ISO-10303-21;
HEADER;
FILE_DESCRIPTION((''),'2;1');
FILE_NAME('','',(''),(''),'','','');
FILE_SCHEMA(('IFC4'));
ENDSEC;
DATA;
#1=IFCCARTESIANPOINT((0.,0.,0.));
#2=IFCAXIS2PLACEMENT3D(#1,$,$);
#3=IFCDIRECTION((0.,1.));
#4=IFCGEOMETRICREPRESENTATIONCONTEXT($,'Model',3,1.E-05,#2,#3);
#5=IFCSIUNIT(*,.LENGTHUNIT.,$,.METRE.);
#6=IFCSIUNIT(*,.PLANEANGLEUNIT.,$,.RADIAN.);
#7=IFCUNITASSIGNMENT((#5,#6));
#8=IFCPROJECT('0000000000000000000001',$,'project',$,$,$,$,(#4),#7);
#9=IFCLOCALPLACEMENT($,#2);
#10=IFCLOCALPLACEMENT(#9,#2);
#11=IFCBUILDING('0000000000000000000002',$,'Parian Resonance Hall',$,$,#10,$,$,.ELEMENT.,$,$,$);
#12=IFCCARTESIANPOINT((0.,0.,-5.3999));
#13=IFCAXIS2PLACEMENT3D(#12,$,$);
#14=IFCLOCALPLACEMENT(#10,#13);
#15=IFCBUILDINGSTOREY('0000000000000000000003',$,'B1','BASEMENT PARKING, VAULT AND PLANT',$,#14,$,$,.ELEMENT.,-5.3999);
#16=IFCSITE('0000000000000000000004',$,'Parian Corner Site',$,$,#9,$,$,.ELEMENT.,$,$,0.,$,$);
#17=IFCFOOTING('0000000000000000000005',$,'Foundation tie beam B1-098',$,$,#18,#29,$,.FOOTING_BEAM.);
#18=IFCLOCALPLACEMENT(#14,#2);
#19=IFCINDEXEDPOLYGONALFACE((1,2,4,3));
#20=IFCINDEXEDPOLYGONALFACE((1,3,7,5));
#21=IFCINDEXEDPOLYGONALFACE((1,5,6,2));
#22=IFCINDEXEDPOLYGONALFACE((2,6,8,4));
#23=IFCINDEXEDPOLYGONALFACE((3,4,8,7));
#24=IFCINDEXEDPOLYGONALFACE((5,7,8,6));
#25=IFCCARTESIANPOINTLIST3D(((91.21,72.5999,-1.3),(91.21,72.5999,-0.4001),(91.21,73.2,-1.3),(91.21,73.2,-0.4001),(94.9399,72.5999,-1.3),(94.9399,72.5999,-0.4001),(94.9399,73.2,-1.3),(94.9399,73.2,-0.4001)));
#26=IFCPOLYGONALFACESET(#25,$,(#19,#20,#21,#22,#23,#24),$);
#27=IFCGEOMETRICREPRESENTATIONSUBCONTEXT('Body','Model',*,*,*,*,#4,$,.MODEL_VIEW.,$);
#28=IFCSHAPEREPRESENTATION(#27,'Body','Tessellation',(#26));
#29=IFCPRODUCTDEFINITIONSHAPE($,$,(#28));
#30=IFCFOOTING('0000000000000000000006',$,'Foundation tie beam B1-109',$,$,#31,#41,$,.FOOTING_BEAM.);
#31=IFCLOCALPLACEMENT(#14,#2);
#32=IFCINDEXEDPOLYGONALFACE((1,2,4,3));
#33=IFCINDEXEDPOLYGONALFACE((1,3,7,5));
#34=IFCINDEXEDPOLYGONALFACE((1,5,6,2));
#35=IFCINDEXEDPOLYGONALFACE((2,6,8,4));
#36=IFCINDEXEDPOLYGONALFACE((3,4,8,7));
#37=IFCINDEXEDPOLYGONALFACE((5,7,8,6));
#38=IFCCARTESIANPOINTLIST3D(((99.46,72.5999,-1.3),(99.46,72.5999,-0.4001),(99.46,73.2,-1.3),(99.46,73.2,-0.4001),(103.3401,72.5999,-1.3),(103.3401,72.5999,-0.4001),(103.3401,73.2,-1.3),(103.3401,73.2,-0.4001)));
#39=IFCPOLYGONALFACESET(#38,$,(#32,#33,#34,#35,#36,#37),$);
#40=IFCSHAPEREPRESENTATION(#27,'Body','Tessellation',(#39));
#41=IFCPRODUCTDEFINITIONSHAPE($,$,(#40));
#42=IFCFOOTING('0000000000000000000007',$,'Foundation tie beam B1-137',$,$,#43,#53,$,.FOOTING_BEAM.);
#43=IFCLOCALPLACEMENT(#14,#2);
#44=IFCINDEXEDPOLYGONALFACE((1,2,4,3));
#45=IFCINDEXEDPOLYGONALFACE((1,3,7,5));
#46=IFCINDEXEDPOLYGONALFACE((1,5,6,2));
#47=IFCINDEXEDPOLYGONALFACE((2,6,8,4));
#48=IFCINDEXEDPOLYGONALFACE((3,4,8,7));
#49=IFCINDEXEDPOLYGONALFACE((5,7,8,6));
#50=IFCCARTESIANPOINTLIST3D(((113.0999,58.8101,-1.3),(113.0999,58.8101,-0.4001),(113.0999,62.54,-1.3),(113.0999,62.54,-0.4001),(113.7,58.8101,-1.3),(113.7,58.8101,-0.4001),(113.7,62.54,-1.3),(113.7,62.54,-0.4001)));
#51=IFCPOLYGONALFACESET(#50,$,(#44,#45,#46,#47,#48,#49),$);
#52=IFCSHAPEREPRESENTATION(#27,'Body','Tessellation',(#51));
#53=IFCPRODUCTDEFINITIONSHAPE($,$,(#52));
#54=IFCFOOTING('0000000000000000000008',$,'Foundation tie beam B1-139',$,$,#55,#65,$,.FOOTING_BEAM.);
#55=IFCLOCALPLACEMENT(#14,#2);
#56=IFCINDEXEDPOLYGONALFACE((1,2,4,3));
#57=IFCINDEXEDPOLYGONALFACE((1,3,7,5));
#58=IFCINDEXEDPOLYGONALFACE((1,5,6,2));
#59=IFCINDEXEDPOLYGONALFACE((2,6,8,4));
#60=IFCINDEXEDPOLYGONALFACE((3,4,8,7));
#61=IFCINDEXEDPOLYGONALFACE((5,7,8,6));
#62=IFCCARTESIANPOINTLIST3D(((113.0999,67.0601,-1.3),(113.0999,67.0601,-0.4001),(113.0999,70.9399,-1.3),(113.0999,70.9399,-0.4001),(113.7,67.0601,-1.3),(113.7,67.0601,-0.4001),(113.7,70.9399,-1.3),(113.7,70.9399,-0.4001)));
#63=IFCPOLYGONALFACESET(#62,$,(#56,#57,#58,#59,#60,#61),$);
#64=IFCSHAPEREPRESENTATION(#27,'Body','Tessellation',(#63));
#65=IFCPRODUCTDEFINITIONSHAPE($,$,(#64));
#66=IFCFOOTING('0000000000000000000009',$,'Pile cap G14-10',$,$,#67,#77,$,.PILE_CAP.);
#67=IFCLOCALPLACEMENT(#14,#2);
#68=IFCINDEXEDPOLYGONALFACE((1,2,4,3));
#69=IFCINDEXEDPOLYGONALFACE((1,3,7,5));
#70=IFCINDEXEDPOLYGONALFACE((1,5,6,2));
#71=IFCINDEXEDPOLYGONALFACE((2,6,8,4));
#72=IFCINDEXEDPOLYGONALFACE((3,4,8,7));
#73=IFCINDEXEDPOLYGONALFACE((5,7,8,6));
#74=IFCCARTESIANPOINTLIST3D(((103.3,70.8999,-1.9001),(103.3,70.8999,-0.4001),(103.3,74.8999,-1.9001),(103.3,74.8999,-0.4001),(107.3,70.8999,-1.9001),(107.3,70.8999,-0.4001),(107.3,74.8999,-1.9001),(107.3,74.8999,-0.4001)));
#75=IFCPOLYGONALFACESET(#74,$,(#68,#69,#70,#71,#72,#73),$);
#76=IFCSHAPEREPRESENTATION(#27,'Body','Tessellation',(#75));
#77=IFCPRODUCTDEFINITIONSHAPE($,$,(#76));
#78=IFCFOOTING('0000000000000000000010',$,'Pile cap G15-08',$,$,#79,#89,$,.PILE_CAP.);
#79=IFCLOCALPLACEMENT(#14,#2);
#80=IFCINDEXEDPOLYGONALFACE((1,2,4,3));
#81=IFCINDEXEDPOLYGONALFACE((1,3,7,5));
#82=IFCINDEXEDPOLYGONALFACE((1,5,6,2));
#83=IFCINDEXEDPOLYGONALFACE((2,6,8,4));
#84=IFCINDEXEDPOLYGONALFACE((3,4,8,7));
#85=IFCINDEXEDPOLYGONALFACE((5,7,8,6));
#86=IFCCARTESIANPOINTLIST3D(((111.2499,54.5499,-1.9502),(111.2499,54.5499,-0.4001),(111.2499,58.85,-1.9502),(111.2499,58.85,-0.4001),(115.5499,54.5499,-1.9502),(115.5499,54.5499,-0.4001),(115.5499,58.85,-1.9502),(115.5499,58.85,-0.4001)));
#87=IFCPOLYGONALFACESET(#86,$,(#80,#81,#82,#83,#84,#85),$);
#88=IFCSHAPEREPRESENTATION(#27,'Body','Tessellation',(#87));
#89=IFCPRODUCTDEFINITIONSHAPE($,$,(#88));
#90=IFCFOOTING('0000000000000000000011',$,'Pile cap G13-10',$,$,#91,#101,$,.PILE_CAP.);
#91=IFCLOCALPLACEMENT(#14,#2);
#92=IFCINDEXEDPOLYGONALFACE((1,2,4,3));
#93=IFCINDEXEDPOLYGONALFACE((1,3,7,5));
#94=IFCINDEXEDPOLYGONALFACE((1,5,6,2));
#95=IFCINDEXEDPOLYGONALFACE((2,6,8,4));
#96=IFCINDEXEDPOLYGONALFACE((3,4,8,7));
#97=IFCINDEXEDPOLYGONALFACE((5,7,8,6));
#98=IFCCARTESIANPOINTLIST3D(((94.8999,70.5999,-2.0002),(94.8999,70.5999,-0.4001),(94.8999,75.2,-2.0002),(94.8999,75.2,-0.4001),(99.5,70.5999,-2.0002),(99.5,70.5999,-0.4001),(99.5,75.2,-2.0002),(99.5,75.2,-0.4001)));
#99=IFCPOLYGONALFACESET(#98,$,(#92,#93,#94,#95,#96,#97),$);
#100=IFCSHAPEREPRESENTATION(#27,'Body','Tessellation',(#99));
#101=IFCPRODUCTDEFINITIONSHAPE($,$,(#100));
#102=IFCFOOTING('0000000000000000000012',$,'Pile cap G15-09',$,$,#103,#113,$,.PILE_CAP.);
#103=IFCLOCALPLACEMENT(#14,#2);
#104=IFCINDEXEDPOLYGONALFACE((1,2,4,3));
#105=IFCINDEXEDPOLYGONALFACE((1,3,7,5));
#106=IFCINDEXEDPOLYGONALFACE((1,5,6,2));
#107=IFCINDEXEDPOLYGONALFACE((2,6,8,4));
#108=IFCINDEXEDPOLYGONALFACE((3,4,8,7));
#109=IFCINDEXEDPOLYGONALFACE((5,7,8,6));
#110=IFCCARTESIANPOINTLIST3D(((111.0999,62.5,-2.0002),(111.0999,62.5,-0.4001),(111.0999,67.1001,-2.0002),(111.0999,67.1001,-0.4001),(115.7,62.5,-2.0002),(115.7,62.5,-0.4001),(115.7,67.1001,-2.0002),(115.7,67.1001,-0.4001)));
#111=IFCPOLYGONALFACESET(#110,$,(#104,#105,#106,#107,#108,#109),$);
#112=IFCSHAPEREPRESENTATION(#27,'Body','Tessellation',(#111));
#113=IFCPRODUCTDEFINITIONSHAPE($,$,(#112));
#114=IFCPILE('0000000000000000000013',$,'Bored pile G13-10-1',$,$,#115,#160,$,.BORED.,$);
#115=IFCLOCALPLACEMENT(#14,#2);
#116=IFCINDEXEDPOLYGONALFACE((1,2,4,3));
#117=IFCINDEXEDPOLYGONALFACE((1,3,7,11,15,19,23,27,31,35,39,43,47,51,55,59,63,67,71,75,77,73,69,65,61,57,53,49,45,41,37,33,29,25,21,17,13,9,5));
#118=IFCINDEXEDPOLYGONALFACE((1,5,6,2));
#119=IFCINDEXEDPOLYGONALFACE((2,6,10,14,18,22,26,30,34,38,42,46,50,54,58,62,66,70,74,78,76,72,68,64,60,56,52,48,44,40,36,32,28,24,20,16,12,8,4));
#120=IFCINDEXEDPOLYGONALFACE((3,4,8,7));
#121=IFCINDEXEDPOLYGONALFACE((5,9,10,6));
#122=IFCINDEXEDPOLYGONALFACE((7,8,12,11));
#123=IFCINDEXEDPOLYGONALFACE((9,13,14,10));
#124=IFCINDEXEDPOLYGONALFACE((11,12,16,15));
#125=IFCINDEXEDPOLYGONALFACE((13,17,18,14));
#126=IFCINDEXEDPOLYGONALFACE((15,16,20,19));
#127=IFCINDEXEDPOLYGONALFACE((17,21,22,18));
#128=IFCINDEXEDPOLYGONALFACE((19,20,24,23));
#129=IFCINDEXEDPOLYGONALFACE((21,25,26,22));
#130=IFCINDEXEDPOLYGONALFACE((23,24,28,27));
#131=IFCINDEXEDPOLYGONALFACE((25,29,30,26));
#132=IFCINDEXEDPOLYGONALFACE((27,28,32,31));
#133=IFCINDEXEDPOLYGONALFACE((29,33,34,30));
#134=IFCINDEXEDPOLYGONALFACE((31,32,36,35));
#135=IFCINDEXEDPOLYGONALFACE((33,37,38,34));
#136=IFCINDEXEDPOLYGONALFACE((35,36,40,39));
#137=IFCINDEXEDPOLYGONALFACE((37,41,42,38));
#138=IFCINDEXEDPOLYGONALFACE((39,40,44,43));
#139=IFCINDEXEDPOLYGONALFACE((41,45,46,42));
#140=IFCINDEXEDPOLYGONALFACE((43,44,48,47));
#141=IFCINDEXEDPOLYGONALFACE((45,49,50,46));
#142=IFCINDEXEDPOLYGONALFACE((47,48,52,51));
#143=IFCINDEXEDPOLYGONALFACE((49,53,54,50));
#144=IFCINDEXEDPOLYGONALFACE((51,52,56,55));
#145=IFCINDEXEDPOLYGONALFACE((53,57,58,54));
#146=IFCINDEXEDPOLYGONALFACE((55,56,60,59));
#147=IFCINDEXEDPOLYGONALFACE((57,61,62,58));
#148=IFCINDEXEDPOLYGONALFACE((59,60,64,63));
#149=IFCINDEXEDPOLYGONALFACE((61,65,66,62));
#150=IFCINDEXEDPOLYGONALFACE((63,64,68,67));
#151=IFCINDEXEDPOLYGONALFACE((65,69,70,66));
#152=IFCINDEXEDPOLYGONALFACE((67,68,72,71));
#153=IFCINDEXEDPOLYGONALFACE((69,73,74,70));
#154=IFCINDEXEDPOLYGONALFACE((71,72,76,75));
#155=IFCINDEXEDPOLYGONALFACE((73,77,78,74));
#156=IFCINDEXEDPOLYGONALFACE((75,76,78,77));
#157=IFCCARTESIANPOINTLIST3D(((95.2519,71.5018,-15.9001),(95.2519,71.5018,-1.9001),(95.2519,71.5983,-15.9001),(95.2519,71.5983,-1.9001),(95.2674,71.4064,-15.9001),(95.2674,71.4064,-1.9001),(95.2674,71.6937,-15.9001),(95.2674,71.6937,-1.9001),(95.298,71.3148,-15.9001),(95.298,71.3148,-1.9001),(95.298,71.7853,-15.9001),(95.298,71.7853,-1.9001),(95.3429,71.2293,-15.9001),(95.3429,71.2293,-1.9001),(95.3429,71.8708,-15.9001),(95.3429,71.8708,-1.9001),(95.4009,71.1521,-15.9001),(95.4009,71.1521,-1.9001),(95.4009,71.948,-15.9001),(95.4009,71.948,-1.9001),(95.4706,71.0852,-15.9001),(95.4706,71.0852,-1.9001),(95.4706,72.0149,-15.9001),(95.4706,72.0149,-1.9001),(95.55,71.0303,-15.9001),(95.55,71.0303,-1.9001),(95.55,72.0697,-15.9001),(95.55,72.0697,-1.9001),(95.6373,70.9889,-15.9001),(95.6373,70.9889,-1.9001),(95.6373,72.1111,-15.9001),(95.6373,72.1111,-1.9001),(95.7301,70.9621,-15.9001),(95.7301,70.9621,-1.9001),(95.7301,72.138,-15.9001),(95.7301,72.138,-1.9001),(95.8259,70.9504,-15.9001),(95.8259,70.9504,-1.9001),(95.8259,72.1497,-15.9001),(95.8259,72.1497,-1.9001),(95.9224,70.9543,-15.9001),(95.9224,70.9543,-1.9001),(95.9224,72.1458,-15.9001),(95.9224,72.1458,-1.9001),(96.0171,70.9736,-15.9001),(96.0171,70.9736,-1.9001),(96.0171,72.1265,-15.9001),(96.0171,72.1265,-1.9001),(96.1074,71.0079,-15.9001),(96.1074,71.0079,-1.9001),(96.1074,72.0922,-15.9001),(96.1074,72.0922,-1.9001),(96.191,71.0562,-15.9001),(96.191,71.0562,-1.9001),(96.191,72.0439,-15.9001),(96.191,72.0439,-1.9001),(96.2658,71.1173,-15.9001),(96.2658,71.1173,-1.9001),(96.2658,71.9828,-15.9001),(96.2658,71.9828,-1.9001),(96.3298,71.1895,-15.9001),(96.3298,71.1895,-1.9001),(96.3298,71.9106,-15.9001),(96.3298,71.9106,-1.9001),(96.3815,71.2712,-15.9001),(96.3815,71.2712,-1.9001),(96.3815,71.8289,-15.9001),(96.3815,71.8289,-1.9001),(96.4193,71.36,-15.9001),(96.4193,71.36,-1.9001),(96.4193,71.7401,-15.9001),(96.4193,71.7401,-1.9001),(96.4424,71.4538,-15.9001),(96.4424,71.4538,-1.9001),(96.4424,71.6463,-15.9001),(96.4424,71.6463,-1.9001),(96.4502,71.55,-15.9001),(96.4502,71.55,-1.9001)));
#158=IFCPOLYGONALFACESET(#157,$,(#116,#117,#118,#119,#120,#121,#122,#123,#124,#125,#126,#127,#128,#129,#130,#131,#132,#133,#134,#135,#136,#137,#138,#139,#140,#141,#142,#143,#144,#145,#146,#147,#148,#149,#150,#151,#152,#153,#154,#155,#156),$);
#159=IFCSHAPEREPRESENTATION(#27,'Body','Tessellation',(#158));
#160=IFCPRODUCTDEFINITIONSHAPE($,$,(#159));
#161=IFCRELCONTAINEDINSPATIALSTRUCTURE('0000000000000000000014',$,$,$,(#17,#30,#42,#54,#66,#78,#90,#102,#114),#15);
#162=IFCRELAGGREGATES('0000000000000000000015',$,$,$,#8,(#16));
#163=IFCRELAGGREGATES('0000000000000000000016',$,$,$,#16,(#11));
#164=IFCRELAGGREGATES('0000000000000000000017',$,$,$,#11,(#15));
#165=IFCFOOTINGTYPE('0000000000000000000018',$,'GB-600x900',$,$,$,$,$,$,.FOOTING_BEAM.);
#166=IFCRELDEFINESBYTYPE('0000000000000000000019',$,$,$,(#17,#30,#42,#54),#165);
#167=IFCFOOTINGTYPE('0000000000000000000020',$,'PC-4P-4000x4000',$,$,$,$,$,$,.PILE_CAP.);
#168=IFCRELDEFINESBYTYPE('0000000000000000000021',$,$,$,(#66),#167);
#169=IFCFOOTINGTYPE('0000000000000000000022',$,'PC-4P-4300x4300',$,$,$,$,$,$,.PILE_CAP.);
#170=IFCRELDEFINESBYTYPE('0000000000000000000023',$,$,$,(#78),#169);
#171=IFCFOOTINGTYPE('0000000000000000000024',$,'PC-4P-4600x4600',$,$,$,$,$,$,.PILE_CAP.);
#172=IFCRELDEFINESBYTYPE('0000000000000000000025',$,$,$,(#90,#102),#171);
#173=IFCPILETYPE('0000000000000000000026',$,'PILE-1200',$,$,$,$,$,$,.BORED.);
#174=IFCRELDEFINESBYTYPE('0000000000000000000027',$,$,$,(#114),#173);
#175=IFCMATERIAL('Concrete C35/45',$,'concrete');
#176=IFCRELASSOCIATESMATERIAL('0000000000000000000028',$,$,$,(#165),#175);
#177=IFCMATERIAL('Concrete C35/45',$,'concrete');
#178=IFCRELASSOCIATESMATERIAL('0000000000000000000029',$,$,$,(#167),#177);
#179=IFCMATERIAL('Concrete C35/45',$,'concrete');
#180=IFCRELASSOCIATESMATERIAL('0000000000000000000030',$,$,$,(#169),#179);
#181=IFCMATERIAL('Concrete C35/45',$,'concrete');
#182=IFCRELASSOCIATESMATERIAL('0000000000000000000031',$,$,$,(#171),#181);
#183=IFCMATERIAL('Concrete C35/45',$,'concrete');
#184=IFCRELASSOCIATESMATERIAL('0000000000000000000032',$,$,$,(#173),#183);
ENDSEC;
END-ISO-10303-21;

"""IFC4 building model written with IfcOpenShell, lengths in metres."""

from ifc_helpers import new_model, si_unit, direction, frame, origin, origin_2d, place, context, subcontext, project, spatial, rectangle, circle, extrude, material, material_profile, profile_set, type_object, element, save


model = new_model("IFC4")

# Units and contexts
model_context = context("Model", 3, precision=1e-05, world=origin(), true_north=direction((0.0, 1.0)))
body_context = subcontext(model_context, "Body", "Model", "MODEL_VIEW")
ifc_project = project(units=[si_unit("LENGTHUNIT", "METRE"), si_unit("PLANEANGLEUNIT", "RADIAN")], contexts=[model_context])

# Site, building, storey
site_placement = place(None, origin())
site = spatial("IfcSite", under=ifc_project, at=site_placement, Name="Parian Corner Site", CompositionType="ELEMENT", RefElevation=0.0)
building_placement = place(site_placement, origin())
building = spatial("IfcBuilding", under=site, at=building_placement, Name="Parian Resonance Hall", CompositionType="ELEMENT")
storey_placement = place(building_placement, frame((0.0, 0.0, -5.3999)))
storey = spatial("IfcBuildingStorey", under=building, at=storey_placement, Name="B1", Description="BASEMENT PARKING, VAULT AND PLANT", CompositionType="ELEMENT", Elevation=-5.3999)

# Footings
ifc_material_1 = material(Name="Concrete C35/45", Category="concrete")
ifc_material_profile_1 = material_profile(ifc_material_1, rectangle(XDim=0.6001, YDim=0.8999, at=origin_2d()), Name="RC-GB-600x900")
ifc_profile_set_1 = profile_set([ifc_material_profile_1], Name="Concrete C35/45")
footing_type_1 = type_object("IfcFootingType", Name="GB-600x900", PredefinedType="FOOTING_BEAM", material=ifc_profile_set_1)
footing_1_placement = place(storey_placement, frame((91.21, 72.8999, -0.8501), z_axis=(1.0, 0.0, 0.0), x_axis=(0.0, 1.0, 0.0)))
element("IfcFooting", 1, at=footing_1_placement, inside=storey, type_object=footing_type_1, Name="Foundation tie beam B1-098", PredefinedType="FOOTING_BEAM", context=body_context, shape_type="SweptSolid", body=[
    extrude(rectangle(XDim=0.6001, YDim=0.8999, at=origin_2d()), origin(), (0.0, 0.0, 1.0), 3.73),
])
footing_2_placement = place(storey_placement, frame((99.46, 72.8999, -0.8501), z_axis=(1.0, 0.0, 0.0), x_axis=(0.0, 1.0, 0.0)))
element("IfcFooting", 2, at=footing_2_placement, inside=storey, type_object=footing_type_1, Name="Foundation tie beam B1-109", PredefinedType="FOOTING_BEAM", context=body_context, shape_type="SweptSolid", body=[
    extrude(rectangle(XDim=0.6001, YDim=0.8999, at=origin_2d()), origin(), (0.0, 0.0, 1.0), 3.8801),
])
footing_3_placement = place(storey_placement, frame((113.3999, 58.8101, -0.8501), z_axis=(0.0, 1.0, 0.0), x_axis=(-1.0, 0.0, 0.0)))
element("IfcFooting", 3, at=footing_3_placement, inside=storey, type_object=footing_type_1, Name="Foundation tie beam B1-137", PredefinedType="FOOTING_BEAM", context=body_context, shape_type="SweptSolid", body=[
    extrude(rectangle(XDim=0.6001, YDim=0.8999, at=origin_2d()), origin(), (0.0, 0.0, 1.0), 3.73),
])
footing_4_placement = place(storey_placement, frame((113.3999, 67.0601, -0.8501), z_axis=(0.0, 1.0, 0.0), x_axis=(-1.0, 0.0, 0.0)))
element("IfcFooting", 4, at=footing_4_placement, inside=storey, type_object=footing_type_1, Name="Foundation tie beam B1-139", PredefinedType="FOOTING_BEAM", context=body_context, shape_type="SweptSolid", body=[
    extrude(rectangle(XDim=0.6001, YDim=0.8999, at=origin_2d()), origin(), (0.0, 0.0, 1.0), 3.8799),
])
ifc_material_2 = material(Name="Concrete C35/45", Category="concrete")
footing_type_2 = type_object("IfcFootingType", Name="PC-4P-4000x4000", PredefinedType="PILE_CAP", material=ifc_material_2)
footing_5_placement = place(storey_placement, frame((105.3, 72.8999, -1.9001), z_axis=(0.0, 0.0, 1.0), x_axis=(1.0, 0.0, 0.0)))
element("IfcFooting", 5, at=footing_5_placement, inside=storey, type_object=footing_type_2, Name="Pile cap G14-10", PredefinedType="PILE_CAP", context=body_context, shape_type="SweptSolid", body=[
    extrude(rectangle(XDim=4.0, YDim=4.0, at=origin_2d()), origin(), (0.0, 0.0, 1.0), 1.5),
])
ifc_material_3 = material(Name="Concrete C35/45", Category="concrete")
footing_type_3 = type_object("IfcFootingType", Name="PC-4P-4300x4300", PredefinedType="PILE_CAP", material=ifc_material_3)
footing_6_placement = place(storey_placement, frame((113.3999, 56.7, -1.9502), z_axis=(0.0, 0.0, 1.0), x_axis=(1.0, 0.0, 0.0)))
element("IfcFooting", 6, at=footing_6_placement, inside=storey, type_object=footing_type_3, Name="Pile cap G15-08", PredefinedType="PILE_CAP", context=body_context, shape_type="SweptSolid", body=[
    extrude(rectangle(XDim=4.3, YDim=4.3, at=origin_2d()), origin(), (0.0, 0.0, 1.0), 1.55),
])
ifc_material_4 = material(Name="Concrete C35/45", Category="concrete")
footing_type_4 = type_object("IfcFootingType", Name="PC-4P-4600x4600", PredefinedType="PILE_CAP", material=ifc_material_4)
for number, where, z_axis, x_axis, name in (
    (7, (97.2, 72.8999, -2.0002), (0.0, 0.0, 1.0), (1.0, 0.0, 0.0), "Pile cap G13-10"),
    (8, (113.3999, 64.8, -2.0002), (0.0, 0.0, 1.0), (1.0, 0.0, 0.0), "Pile cap G15-09"),
):
    element("IfcFooting", number, at=place(storey_placement, frame(where, z_axis=z_axis, x_axis=x_axis)), inside=storey, type_object=footing_type_4, Name=name, PredefinedType="PILE_CAP", context=body_context, shape_type="SweptSolid", body=[
        extrude(rectangle(XDim=4.6001, YDim=4.6001, at=origin_2d()), origin(), (0.0, 0.0, 1.0), 1.6001),
    ])

# Pile
ifc_material_5 = material(Name="Concrete C35/45", Category="concrete")
ifc_material_profile_2 = material_profile(ifc_material_5, circle(Radius=0.6001, at=origin_2d()), Name="PILE-D1200")
ifc_profile_set_2 = profile_set([ifc_material_profile_2], Name="Concrete C35/45")
pile_type_1 = type_object("IfcPileType", Name="PILE-1200", PredefinedType="BORED", material=ifc_profile_set_2)
for number, where, z_axis, x_axis, name in (
    (9, (95.8501, 71.55, -1.9001), (0.0, 0.0, -1.0), (1.0, 0.0, 0.0), "Bored pile G13-10-1"),
):
    element("IfcPile", number, at=place(storey_placement, frame(where, z_axis=z_axis, x_axis=x_axis)), inside=storey, type_object=pile_type_1, Name=name, PredefinedType="BORED", context=body_context, shape_type="SweptSolid", body=[
        extrude(circle(Radius=0.6001, at=origin_2d()), origin(), (0.0, 0.0, 1.0), 14.0),
    ])

save(model, "model.ifc")
